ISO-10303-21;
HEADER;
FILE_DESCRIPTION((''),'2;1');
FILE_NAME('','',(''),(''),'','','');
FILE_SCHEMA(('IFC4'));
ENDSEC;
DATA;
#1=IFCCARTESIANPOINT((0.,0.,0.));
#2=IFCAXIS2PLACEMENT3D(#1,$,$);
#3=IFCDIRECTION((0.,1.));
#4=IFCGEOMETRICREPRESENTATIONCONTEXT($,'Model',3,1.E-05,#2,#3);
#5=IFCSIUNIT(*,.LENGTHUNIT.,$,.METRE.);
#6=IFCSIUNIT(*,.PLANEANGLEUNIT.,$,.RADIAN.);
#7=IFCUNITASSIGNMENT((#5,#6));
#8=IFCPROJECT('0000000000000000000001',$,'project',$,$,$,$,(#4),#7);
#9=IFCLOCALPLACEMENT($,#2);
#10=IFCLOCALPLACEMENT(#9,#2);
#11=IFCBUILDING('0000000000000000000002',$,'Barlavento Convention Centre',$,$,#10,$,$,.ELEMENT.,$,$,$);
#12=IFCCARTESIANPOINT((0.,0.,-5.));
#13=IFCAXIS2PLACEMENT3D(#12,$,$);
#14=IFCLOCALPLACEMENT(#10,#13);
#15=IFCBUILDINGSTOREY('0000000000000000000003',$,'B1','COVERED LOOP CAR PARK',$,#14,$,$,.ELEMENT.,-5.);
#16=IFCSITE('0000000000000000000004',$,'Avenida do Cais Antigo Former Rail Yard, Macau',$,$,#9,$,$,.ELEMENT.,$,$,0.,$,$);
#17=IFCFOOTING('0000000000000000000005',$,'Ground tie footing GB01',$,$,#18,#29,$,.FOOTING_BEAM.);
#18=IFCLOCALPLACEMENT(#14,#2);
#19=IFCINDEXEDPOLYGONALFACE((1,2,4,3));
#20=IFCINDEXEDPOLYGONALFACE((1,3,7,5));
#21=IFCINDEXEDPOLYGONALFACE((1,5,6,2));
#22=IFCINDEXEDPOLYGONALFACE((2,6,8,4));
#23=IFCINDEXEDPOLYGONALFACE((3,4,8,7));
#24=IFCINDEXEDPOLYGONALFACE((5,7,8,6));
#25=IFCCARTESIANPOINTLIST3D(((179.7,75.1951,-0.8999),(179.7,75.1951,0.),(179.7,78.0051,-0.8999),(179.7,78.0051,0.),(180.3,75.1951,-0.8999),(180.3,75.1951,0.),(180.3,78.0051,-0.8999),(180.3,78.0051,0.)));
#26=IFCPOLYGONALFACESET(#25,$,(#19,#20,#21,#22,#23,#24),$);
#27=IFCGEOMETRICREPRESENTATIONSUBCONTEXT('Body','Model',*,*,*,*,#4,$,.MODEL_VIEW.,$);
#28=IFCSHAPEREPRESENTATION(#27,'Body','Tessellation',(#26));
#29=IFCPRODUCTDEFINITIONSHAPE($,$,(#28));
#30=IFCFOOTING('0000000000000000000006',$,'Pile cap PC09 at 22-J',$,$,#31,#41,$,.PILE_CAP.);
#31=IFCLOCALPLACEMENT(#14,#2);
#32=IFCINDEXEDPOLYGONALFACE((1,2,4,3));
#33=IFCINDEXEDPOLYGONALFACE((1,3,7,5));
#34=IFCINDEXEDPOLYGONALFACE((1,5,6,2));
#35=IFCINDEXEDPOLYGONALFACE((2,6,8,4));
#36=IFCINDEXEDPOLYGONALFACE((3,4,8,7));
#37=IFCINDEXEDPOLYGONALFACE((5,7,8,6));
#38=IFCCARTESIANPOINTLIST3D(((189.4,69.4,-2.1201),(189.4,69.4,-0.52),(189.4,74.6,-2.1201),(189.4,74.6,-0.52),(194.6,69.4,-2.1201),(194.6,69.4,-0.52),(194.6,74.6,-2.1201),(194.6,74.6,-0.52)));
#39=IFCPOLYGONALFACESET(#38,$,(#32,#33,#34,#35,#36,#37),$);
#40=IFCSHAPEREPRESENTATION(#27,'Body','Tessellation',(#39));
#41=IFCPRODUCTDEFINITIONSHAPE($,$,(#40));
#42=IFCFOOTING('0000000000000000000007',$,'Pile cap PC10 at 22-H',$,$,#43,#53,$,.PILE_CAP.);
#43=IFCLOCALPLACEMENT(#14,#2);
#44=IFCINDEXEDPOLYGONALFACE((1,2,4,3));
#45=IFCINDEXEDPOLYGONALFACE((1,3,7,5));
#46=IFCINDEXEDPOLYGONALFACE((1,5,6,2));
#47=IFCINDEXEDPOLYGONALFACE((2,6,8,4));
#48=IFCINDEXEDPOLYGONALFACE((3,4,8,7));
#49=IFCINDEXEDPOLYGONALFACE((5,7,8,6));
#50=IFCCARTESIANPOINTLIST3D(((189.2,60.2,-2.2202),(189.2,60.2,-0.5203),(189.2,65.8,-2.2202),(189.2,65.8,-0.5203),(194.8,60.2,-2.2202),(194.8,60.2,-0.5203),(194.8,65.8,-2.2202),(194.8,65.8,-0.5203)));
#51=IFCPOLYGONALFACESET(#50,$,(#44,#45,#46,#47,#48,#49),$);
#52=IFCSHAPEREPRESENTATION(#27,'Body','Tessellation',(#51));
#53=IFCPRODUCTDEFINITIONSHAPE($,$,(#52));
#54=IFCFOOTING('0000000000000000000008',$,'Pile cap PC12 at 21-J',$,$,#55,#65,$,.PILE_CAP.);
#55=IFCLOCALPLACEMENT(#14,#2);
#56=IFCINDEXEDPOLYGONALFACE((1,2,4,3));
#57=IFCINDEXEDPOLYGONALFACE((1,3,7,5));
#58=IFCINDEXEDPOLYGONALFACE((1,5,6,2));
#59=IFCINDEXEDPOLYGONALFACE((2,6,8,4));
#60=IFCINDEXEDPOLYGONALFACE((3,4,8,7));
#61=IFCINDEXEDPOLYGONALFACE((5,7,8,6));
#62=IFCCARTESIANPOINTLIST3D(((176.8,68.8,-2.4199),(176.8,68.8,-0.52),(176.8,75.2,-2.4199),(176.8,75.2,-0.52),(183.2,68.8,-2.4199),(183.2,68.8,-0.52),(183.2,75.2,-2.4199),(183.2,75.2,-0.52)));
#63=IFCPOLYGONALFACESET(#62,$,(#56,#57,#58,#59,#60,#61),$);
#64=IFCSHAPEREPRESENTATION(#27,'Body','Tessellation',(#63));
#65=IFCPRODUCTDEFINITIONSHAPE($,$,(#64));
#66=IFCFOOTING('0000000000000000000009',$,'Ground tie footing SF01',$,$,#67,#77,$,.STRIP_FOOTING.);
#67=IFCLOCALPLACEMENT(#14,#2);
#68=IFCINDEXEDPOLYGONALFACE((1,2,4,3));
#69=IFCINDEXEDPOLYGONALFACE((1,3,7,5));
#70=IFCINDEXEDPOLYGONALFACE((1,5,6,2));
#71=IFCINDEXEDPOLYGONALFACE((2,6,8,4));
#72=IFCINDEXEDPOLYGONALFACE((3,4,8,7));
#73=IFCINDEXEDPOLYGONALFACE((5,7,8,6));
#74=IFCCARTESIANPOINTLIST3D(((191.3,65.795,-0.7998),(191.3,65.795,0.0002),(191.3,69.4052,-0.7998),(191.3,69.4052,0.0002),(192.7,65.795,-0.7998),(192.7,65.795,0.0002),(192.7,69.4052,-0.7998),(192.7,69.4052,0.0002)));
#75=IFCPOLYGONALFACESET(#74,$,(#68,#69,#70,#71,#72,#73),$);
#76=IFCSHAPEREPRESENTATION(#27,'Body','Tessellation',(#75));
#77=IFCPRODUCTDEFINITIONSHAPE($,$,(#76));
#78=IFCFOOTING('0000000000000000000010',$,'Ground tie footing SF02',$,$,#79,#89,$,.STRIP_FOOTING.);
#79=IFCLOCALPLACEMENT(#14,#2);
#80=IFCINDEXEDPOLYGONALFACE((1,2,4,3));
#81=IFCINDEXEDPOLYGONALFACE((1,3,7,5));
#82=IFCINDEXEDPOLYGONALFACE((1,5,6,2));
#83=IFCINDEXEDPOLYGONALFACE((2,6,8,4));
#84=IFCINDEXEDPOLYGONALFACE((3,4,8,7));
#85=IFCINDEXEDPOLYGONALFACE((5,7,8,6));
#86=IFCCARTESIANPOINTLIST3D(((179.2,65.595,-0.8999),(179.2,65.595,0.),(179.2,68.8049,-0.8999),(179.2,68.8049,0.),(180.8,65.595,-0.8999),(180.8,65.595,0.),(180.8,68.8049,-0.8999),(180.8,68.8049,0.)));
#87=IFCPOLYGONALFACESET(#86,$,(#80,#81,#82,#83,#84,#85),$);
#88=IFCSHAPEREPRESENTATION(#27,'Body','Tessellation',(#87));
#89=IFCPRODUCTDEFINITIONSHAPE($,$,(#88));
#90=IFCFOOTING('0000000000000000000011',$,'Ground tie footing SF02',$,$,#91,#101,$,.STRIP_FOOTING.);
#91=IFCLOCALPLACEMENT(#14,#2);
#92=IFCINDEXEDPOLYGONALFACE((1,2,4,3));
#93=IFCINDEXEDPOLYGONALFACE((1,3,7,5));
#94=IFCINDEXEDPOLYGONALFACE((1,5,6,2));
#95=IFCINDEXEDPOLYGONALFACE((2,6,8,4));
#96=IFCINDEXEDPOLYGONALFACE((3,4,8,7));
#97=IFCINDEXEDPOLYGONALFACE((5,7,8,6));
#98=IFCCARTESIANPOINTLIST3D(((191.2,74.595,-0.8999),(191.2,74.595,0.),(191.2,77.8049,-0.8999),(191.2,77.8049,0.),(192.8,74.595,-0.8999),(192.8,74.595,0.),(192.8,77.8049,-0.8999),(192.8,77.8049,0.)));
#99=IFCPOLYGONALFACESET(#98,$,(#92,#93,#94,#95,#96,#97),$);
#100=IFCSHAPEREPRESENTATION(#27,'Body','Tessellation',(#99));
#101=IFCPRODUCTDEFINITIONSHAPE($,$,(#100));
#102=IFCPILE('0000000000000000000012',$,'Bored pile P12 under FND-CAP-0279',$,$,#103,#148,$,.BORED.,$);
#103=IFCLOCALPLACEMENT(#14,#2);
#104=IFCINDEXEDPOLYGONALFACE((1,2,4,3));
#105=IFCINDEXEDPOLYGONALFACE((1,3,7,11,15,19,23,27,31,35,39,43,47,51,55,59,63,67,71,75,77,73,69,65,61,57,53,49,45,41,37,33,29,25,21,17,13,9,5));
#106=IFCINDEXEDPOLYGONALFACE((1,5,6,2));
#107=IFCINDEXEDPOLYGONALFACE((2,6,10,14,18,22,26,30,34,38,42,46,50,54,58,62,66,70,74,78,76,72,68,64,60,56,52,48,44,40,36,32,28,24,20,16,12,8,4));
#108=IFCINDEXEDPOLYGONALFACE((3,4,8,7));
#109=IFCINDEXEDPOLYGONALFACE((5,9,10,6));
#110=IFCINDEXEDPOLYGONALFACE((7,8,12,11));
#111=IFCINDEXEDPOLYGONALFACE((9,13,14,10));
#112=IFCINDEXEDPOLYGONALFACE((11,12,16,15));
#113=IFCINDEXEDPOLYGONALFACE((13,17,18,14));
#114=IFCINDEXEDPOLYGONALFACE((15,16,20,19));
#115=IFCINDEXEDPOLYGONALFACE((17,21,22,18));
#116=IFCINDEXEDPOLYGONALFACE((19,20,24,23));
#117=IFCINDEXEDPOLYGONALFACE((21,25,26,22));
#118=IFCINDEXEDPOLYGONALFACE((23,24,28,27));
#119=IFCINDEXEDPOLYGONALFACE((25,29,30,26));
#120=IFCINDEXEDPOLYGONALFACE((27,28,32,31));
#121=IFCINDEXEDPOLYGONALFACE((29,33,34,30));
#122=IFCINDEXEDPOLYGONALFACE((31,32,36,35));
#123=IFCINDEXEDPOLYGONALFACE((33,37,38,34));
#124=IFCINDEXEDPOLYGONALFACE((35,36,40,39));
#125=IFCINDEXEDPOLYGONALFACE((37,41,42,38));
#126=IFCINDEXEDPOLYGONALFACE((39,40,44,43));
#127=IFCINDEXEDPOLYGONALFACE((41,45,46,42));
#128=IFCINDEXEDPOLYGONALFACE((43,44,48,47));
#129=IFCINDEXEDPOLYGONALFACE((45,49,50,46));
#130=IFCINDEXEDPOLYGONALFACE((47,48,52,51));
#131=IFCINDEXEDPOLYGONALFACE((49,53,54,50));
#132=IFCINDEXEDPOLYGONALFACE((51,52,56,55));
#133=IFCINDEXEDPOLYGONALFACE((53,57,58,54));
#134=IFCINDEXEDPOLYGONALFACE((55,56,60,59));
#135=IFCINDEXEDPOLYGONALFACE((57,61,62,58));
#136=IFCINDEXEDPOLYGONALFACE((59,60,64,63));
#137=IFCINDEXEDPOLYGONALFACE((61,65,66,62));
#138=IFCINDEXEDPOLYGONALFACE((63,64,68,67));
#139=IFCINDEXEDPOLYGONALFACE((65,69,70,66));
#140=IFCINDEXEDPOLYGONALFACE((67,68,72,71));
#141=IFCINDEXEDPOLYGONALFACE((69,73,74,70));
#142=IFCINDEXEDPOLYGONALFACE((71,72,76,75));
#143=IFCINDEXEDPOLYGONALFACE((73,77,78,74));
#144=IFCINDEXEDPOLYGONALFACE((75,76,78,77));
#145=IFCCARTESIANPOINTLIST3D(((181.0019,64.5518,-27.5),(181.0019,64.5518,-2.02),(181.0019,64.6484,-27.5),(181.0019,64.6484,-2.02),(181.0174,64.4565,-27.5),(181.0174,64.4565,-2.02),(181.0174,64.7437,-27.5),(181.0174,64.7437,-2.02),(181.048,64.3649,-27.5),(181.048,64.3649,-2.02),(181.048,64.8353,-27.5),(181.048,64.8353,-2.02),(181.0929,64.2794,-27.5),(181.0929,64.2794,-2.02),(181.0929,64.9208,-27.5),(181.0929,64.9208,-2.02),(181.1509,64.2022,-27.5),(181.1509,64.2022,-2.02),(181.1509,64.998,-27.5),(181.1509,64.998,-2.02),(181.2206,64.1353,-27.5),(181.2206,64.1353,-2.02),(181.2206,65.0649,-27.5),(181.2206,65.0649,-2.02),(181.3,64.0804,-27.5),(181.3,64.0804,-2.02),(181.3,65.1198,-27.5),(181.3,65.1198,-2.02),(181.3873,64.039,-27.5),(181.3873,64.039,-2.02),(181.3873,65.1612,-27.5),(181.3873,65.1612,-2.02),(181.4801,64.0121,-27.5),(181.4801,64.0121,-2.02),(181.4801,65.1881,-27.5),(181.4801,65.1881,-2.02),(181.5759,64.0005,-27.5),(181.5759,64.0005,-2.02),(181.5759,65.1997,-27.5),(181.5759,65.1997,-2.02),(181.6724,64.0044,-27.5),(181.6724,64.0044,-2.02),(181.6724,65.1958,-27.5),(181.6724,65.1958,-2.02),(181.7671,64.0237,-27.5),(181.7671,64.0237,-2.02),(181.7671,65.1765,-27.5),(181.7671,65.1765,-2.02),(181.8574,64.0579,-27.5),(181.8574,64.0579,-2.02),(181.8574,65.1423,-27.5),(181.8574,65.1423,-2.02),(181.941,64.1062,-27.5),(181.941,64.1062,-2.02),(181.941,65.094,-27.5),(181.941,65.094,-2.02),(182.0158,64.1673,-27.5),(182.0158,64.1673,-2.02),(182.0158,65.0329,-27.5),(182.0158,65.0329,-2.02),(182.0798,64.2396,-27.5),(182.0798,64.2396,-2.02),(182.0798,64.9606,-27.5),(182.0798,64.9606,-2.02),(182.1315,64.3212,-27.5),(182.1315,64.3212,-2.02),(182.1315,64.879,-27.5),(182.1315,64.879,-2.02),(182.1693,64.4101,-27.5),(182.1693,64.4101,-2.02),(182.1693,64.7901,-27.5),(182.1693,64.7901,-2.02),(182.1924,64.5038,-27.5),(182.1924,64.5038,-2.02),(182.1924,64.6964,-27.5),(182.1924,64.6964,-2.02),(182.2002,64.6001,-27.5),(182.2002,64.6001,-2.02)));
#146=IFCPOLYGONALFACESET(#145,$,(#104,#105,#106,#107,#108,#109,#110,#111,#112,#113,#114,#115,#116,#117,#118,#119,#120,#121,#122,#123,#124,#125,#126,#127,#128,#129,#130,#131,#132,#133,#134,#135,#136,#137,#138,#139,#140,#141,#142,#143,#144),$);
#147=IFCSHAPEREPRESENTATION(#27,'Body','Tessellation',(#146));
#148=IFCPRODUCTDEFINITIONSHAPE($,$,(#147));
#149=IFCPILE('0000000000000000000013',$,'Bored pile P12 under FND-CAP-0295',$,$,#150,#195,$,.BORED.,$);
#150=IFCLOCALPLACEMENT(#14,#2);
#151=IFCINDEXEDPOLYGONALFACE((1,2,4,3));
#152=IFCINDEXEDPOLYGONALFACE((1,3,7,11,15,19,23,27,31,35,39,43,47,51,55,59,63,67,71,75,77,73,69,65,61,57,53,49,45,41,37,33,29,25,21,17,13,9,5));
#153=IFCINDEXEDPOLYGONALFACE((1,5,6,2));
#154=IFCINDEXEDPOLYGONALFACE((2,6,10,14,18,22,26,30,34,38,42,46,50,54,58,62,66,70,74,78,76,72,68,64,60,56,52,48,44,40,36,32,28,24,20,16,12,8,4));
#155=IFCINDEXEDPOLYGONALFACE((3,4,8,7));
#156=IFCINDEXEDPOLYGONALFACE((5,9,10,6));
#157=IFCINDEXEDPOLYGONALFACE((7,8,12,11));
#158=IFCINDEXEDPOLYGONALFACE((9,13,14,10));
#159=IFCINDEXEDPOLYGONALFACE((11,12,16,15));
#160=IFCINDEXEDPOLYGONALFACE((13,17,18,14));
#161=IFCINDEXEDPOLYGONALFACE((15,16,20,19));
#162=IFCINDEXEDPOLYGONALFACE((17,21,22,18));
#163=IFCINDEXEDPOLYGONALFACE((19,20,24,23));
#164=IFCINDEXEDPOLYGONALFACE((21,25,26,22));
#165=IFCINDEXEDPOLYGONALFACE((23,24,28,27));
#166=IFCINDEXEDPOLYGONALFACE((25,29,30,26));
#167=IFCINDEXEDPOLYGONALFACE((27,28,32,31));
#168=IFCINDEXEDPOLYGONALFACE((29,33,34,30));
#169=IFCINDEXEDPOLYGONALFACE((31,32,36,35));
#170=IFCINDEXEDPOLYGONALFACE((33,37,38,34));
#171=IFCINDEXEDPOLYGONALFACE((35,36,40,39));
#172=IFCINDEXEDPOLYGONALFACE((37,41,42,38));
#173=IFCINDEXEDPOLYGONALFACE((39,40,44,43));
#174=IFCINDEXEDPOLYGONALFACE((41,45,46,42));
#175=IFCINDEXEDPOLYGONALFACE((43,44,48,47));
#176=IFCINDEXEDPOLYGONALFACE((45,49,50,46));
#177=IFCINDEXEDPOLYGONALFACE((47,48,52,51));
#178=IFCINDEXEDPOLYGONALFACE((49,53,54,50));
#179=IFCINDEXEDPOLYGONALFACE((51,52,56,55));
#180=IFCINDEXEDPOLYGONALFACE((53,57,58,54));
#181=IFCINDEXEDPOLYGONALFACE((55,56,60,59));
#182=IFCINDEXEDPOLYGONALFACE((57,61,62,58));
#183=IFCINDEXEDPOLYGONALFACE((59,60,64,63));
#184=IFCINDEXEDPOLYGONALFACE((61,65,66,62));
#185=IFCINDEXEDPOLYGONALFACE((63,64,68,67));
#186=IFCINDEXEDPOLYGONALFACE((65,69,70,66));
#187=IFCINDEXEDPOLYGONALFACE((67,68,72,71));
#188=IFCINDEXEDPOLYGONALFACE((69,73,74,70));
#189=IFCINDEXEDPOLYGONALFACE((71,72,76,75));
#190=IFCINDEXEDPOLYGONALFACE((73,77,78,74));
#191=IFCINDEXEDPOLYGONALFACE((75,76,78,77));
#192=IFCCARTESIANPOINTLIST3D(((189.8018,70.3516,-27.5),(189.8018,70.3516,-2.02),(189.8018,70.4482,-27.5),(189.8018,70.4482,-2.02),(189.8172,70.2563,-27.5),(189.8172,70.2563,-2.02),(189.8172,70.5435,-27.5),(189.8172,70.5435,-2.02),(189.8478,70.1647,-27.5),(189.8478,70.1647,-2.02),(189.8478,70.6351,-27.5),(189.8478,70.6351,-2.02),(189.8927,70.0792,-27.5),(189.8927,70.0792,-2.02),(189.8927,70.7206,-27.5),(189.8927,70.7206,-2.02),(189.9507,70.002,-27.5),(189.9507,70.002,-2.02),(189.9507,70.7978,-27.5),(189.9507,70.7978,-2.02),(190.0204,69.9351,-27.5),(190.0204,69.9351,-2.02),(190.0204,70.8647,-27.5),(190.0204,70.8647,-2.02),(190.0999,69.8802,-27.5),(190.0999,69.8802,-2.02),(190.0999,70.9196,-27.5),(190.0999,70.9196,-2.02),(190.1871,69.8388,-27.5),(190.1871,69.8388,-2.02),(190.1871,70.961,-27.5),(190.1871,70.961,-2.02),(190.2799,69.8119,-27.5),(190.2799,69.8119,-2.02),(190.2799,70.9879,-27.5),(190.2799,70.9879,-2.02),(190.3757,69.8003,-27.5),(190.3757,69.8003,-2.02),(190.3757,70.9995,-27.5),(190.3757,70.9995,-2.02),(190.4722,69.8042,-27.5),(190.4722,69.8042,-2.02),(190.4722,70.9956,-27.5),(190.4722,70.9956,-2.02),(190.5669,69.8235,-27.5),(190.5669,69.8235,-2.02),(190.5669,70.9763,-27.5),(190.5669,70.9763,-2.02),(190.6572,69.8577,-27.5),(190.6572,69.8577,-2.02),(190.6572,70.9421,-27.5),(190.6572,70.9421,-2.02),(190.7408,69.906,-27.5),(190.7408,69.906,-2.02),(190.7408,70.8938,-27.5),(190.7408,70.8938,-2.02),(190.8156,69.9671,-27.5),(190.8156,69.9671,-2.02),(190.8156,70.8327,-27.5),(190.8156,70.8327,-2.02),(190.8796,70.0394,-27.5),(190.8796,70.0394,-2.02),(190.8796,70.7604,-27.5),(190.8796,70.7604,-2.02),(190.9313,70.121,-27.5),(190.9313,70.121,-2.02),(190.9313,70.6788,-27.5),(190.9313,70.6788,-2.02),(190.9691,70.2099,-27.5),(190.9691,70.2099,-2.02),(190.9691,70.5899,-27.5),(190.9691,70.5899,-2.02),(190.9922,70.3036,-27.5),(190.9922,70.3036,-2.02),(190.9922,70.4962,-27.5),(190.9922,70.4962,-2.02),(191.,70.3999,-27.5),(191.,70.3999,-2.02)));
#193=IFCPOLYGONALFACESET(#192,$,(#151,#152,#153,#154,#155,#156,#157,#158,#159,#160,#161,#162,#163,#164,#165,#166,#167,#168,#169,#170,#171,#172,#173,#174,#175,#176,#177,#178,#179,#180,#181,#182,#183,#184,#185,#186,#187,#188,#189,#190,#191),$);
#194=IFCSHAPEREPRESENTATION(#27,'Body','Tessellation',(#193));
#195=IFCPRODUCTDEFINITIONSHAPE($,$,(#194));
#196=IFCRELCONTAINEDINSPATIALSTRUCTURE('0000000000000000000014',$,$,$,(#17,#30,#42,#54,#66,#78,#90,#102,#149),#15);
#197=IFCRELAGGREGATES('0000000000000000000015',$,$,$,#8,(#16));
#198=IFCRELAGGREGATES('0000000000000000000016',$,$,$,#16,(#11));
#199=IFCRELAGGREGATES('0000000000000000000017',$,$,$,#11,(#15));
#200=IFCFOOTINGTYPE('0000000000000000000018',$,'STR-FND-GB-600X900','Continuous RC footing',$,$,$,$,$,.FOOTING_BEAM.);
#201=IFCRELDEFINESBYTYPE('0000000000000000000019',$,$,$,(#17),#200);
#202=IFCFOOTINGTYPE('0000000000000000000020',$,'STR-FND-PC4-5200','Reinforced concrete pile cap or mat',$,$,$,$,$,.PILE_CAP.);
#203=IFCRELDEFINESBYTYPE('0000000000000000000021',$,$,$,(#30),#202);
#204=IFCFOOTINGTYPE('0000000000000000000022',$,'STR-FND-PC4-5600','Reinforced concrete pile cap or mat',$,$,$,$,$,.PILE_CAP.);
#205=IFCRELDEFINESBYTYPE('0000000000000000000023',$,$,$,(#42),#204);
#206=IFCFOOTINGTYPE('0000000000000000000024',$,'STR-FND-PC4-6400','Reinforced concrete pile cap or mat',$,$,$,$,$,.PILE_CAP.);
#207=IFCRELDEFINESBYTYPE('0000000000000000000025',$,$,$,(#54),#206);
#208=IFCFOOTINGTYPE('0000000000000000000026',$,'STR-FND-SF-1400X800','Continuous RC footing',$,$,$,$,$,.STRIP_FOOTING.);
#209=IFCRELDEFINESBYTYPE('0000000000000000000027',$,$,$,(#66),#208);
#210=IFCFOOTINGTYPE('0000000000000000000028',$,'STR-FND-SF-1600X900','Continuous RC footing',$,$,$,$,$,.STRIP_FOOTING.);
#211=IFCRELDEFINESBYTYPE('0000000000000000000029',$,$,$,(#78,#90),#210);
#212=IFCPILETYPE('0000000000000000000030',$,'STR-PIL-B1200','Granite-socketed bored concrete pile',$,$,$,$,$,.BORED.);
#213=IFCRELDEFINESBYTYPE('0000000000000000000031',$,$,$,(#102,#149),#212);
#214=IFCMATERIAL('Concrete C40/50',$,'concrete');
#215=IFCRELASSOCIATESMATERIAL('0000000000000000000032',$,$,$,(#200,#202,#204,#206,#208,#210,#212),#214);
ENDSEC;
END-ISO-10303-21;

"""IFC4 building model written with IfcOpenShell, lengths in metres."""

from ifc_helpers import new_model, si_unit, direction, frame, origin, origin_2d, place, context, subcontext, project, spatial, rectangle, circle, extrude, material, material_profile, profile_set, type_object, element, save


model = new_model("IFC4")

# Units and contexts
model_context = context("Model", 3, precision=1e-05, world=origin(), true_north=direction((0.0, 1.0)))
body_context = subcontext(model_context, "Body", "Model", "MODEL_VIEW")
ifc_project = project(units=[si_unit("LENGTHUNIT", "METRE"), si_unit("PLANEANGLEUNIT", "RADIAN")], contexts=[model_context])

# Site, building, storey
site_placement = place(None, origin())
site = spatial("IfcSite", under=ifc_project, at=site_placement, Name="Avenida do Cais Antigo Former Rail Yard, Macau", CompositionType="ELEMENT", RefElevation=0.0)
building_placement = place(site_placement, origin())
building = spatial("IfcBuilding", under=site, at=building_placement, Name="Barlavento Convention Centre", CompositionType="ELEMENT")
storey_placement = place(building_placement, frame((0.0, 0.0, -5.0)))
storey = spatial("IfcBuildingStorey", under=building, at=storey_placement, Name="B1", Description="COVERED LOOP CAR PARK", CompositionType="ELEMENT", Elevation=-5.0)

# Footings
ifc_material_1 = material(Name="Concrete C40/50", Category="concrete")
footing_type_1 = type_object("IfcFootingType", Name="STR-FND-GB-600X900", Description="Continuous RC footing", PredefinedType="FOOTING_BEAM", material=ifc_material_1)
footing_1_placement = place(storey_placement, frame((180.0, 76.6001, -0.8999), z_axis=(0.0, 0.0, 1.0), x_axis=(1.0, 0.0, 0.0)))
element("IfcFooting", 1, at=footing_1_placement, inside=storey, type_object=footing_type_1, Name="Ground tie footing GB01", PredefinedType="FOOTING_BEAM", context=body_context, shape_type="SweptSolid", body=[
    extrude(rectangle(XDim=0.6001, YDim=2.8101, at=origin_2d()), origin(), (0.0, 0.0, 1.0), 0.8999),
])
footing_type_2 = type_object("IfcFootingType", Name="STR-FND-PC4-5200", Description="Reinforced concrete pile cap or mat", PredefinedType="PILE_CAP", material=ifc_material_1)
footing_2_placement = place(storey_placement, frame((192.0, 72.0, -2.1201), z_axis=(0.0, 0.0, 1.0), x_axis=(1.0, 0.0, 0.0)))
element("IfcFooting", 2, at=footing_2_placement, inside=storey, type_object=footing_type_2, Name="Pile cap PC09 at 22-J", PredefinedType="PILE_CAP", context=body_context, shape_type="SweptSolid", body=[
    extrude(rectangle(XDim=5.2, YDim=5.2, at=origin_2d()), origin(), (0.0, 0.0, 1.0), 1.6001),
])
footing_type_3 = type_object("IfcFootingType", Name="STR-FND-PC4-5600", Description="Reinforced concrete pile cap or mat", PredefinedType="PILE_CAP", material=ifc_material_1)
footing_3_placement = place(storey_placement, frame((192.0, 63.0, -2.2202), z_axis=(0.0, 0.0, 1.0), x_axis=(1.0, 0.0, 0.0)))
element("IfcFooting", 3, at=footing_3_placement, inside=storey, type_object=footing_type_3, Name="Pile cap PC10 at 22-H", PredefinedType="PILE_CAP", context=body_context, shape_type="SweptSolid", body=[
    extrude(rectangle(XDim=5.6001, YDim=5.6001, at=origin_2d()), origin(), (0.0, 0.0, 1.0), 1.7),
])
footing_type_4 = type_object("IfcFootingType", Name="STR-FND-PC4-6400", Description="Reinforced concrete pile cap or mat", PredefinedType="PILE_CAP", material=ifc_material_1)
footing_4_placement = place(storey_placement, frame((180.0, 72.0, -2.4199), z_axis=(0.0, 0.0, 1.0), x_axis=(1.0, 0.0, 0.0)))
element("IfcFooting", 4, at=footing_4_placement, inside=storey, type_object=footing_type_4, Name="Pile cap PC12 at 21-J", PredefinedType="PILE_CAP", context=body_context, shape_type="SweptSolid", body=[
    extrude(rectangle(XDim=6.3999, YDim=6.3999, at=origin_2d()), origin(), (0.0, 0.0, 1.0), 1.8999),
])
footing_type_5 = type_object("IfcFootingType", Name="STR-FND-SF-1400X800", Description="Continuous RC footing", PredefinedType="STRIP_FOOTING", material=ifc_material_1)
footing_5_placement = place(storey_placement, frame((192.0, 67.6001, -0.7998), z_axis=(0.0, 0.0, 1.0), x_axis=(1.0, 0.0, 0.0)))
element("IfcFooting", 5, at=footing_5_placement, inside=storey, type_object=footing_type_5, Name="Ground tie footing SF01", PredefinedType="STRIP_FOOTING", context=body_context, shape_type="SweptSolid", body=[
    extrude(rectangle(XDim=1.3999, YDim=3.6101, at=origin_2d()), origin(), (0.0, 0.0, 1.0), 0.8),
])
footing_type_6 = type_object("IfcFootingType", Name="STR-FND-SF-1600X900", Description="Continuous RC footing", PredefinedType="STRIP_FOOTING", material=ifc_material_1)
for number, where, z_axis, x_axis, name in (
    (6, (180.0, 67.2, -0.8999), (0.0, 0.0, 1.0), (1.0, 0.0, 0.0), "Ground tie footing SF02"),
    (7, (192.0, 76.2, -0.8999), (0.0, 0.0, 1.0), (1.0, 0.0, 0.0), "Ground tie footing SF02"),
):
    element("IfcFooting", number, at=place(storey_placement, frame(where, z_axis=z_axis, x_axis=x_axis)), inside=storey, type_object=footing_type_6, Name=name, PredefinedType="STRIP_FOOTING", context=body_context, shape_type="SweptSolid", body=[
        extrude(rectangle(XDim=1.6001, YDim=3.21, at=origin_2d()), origin(), (0.0, 0.0, 1.0), 0.8999),
    ])

# Piles
ifc_material_profile_1 = material_profile(ifc_material_1, circle(Radius=0.6001, at=origin_2d()), Name="BORED PILE 1200")
ifc_profile_set_1 = profile_set([ifc_material_profile_1], Name="Concrete C40/50")
pile_type_1 = type_object("IfcPileType", Name="STR-PIL-B1200", Description="Granite-socketed bored concrete pile", PredefinedType="BORED", material=ifc_profile_set_1)
for number, where, z_axis, x_axis, name in (
    (8, (181.6001, 64.6001, -2.02), (0.0, 0.0, -1.0), (1.0, 0.0, 0.0), "Bored pile P12 under FND-CAP-0279"),
    (9, (190.3999, 70.3999, -2.02), (0.0, 0.0, -1.0), (1.0, 0.0, 0.0), "Bored pile P12 under FND-CAP-0295"),
):
    element("IfcPile", number, at=place(storey_placement, frame(where, z_axis=z_axis, x_axis=x_axis)), inside=storey, type_object=pile_type_1, Name=name, PredefinedType="BORED", context=body_context, shape_type="SweptSolid", body=[
        extrude(circle(Radius=0.6001, at=origin_2d()), origin(), (0.0, 0.0, 1.0), 25.48),
    ])

save(model, "model.ifc")
